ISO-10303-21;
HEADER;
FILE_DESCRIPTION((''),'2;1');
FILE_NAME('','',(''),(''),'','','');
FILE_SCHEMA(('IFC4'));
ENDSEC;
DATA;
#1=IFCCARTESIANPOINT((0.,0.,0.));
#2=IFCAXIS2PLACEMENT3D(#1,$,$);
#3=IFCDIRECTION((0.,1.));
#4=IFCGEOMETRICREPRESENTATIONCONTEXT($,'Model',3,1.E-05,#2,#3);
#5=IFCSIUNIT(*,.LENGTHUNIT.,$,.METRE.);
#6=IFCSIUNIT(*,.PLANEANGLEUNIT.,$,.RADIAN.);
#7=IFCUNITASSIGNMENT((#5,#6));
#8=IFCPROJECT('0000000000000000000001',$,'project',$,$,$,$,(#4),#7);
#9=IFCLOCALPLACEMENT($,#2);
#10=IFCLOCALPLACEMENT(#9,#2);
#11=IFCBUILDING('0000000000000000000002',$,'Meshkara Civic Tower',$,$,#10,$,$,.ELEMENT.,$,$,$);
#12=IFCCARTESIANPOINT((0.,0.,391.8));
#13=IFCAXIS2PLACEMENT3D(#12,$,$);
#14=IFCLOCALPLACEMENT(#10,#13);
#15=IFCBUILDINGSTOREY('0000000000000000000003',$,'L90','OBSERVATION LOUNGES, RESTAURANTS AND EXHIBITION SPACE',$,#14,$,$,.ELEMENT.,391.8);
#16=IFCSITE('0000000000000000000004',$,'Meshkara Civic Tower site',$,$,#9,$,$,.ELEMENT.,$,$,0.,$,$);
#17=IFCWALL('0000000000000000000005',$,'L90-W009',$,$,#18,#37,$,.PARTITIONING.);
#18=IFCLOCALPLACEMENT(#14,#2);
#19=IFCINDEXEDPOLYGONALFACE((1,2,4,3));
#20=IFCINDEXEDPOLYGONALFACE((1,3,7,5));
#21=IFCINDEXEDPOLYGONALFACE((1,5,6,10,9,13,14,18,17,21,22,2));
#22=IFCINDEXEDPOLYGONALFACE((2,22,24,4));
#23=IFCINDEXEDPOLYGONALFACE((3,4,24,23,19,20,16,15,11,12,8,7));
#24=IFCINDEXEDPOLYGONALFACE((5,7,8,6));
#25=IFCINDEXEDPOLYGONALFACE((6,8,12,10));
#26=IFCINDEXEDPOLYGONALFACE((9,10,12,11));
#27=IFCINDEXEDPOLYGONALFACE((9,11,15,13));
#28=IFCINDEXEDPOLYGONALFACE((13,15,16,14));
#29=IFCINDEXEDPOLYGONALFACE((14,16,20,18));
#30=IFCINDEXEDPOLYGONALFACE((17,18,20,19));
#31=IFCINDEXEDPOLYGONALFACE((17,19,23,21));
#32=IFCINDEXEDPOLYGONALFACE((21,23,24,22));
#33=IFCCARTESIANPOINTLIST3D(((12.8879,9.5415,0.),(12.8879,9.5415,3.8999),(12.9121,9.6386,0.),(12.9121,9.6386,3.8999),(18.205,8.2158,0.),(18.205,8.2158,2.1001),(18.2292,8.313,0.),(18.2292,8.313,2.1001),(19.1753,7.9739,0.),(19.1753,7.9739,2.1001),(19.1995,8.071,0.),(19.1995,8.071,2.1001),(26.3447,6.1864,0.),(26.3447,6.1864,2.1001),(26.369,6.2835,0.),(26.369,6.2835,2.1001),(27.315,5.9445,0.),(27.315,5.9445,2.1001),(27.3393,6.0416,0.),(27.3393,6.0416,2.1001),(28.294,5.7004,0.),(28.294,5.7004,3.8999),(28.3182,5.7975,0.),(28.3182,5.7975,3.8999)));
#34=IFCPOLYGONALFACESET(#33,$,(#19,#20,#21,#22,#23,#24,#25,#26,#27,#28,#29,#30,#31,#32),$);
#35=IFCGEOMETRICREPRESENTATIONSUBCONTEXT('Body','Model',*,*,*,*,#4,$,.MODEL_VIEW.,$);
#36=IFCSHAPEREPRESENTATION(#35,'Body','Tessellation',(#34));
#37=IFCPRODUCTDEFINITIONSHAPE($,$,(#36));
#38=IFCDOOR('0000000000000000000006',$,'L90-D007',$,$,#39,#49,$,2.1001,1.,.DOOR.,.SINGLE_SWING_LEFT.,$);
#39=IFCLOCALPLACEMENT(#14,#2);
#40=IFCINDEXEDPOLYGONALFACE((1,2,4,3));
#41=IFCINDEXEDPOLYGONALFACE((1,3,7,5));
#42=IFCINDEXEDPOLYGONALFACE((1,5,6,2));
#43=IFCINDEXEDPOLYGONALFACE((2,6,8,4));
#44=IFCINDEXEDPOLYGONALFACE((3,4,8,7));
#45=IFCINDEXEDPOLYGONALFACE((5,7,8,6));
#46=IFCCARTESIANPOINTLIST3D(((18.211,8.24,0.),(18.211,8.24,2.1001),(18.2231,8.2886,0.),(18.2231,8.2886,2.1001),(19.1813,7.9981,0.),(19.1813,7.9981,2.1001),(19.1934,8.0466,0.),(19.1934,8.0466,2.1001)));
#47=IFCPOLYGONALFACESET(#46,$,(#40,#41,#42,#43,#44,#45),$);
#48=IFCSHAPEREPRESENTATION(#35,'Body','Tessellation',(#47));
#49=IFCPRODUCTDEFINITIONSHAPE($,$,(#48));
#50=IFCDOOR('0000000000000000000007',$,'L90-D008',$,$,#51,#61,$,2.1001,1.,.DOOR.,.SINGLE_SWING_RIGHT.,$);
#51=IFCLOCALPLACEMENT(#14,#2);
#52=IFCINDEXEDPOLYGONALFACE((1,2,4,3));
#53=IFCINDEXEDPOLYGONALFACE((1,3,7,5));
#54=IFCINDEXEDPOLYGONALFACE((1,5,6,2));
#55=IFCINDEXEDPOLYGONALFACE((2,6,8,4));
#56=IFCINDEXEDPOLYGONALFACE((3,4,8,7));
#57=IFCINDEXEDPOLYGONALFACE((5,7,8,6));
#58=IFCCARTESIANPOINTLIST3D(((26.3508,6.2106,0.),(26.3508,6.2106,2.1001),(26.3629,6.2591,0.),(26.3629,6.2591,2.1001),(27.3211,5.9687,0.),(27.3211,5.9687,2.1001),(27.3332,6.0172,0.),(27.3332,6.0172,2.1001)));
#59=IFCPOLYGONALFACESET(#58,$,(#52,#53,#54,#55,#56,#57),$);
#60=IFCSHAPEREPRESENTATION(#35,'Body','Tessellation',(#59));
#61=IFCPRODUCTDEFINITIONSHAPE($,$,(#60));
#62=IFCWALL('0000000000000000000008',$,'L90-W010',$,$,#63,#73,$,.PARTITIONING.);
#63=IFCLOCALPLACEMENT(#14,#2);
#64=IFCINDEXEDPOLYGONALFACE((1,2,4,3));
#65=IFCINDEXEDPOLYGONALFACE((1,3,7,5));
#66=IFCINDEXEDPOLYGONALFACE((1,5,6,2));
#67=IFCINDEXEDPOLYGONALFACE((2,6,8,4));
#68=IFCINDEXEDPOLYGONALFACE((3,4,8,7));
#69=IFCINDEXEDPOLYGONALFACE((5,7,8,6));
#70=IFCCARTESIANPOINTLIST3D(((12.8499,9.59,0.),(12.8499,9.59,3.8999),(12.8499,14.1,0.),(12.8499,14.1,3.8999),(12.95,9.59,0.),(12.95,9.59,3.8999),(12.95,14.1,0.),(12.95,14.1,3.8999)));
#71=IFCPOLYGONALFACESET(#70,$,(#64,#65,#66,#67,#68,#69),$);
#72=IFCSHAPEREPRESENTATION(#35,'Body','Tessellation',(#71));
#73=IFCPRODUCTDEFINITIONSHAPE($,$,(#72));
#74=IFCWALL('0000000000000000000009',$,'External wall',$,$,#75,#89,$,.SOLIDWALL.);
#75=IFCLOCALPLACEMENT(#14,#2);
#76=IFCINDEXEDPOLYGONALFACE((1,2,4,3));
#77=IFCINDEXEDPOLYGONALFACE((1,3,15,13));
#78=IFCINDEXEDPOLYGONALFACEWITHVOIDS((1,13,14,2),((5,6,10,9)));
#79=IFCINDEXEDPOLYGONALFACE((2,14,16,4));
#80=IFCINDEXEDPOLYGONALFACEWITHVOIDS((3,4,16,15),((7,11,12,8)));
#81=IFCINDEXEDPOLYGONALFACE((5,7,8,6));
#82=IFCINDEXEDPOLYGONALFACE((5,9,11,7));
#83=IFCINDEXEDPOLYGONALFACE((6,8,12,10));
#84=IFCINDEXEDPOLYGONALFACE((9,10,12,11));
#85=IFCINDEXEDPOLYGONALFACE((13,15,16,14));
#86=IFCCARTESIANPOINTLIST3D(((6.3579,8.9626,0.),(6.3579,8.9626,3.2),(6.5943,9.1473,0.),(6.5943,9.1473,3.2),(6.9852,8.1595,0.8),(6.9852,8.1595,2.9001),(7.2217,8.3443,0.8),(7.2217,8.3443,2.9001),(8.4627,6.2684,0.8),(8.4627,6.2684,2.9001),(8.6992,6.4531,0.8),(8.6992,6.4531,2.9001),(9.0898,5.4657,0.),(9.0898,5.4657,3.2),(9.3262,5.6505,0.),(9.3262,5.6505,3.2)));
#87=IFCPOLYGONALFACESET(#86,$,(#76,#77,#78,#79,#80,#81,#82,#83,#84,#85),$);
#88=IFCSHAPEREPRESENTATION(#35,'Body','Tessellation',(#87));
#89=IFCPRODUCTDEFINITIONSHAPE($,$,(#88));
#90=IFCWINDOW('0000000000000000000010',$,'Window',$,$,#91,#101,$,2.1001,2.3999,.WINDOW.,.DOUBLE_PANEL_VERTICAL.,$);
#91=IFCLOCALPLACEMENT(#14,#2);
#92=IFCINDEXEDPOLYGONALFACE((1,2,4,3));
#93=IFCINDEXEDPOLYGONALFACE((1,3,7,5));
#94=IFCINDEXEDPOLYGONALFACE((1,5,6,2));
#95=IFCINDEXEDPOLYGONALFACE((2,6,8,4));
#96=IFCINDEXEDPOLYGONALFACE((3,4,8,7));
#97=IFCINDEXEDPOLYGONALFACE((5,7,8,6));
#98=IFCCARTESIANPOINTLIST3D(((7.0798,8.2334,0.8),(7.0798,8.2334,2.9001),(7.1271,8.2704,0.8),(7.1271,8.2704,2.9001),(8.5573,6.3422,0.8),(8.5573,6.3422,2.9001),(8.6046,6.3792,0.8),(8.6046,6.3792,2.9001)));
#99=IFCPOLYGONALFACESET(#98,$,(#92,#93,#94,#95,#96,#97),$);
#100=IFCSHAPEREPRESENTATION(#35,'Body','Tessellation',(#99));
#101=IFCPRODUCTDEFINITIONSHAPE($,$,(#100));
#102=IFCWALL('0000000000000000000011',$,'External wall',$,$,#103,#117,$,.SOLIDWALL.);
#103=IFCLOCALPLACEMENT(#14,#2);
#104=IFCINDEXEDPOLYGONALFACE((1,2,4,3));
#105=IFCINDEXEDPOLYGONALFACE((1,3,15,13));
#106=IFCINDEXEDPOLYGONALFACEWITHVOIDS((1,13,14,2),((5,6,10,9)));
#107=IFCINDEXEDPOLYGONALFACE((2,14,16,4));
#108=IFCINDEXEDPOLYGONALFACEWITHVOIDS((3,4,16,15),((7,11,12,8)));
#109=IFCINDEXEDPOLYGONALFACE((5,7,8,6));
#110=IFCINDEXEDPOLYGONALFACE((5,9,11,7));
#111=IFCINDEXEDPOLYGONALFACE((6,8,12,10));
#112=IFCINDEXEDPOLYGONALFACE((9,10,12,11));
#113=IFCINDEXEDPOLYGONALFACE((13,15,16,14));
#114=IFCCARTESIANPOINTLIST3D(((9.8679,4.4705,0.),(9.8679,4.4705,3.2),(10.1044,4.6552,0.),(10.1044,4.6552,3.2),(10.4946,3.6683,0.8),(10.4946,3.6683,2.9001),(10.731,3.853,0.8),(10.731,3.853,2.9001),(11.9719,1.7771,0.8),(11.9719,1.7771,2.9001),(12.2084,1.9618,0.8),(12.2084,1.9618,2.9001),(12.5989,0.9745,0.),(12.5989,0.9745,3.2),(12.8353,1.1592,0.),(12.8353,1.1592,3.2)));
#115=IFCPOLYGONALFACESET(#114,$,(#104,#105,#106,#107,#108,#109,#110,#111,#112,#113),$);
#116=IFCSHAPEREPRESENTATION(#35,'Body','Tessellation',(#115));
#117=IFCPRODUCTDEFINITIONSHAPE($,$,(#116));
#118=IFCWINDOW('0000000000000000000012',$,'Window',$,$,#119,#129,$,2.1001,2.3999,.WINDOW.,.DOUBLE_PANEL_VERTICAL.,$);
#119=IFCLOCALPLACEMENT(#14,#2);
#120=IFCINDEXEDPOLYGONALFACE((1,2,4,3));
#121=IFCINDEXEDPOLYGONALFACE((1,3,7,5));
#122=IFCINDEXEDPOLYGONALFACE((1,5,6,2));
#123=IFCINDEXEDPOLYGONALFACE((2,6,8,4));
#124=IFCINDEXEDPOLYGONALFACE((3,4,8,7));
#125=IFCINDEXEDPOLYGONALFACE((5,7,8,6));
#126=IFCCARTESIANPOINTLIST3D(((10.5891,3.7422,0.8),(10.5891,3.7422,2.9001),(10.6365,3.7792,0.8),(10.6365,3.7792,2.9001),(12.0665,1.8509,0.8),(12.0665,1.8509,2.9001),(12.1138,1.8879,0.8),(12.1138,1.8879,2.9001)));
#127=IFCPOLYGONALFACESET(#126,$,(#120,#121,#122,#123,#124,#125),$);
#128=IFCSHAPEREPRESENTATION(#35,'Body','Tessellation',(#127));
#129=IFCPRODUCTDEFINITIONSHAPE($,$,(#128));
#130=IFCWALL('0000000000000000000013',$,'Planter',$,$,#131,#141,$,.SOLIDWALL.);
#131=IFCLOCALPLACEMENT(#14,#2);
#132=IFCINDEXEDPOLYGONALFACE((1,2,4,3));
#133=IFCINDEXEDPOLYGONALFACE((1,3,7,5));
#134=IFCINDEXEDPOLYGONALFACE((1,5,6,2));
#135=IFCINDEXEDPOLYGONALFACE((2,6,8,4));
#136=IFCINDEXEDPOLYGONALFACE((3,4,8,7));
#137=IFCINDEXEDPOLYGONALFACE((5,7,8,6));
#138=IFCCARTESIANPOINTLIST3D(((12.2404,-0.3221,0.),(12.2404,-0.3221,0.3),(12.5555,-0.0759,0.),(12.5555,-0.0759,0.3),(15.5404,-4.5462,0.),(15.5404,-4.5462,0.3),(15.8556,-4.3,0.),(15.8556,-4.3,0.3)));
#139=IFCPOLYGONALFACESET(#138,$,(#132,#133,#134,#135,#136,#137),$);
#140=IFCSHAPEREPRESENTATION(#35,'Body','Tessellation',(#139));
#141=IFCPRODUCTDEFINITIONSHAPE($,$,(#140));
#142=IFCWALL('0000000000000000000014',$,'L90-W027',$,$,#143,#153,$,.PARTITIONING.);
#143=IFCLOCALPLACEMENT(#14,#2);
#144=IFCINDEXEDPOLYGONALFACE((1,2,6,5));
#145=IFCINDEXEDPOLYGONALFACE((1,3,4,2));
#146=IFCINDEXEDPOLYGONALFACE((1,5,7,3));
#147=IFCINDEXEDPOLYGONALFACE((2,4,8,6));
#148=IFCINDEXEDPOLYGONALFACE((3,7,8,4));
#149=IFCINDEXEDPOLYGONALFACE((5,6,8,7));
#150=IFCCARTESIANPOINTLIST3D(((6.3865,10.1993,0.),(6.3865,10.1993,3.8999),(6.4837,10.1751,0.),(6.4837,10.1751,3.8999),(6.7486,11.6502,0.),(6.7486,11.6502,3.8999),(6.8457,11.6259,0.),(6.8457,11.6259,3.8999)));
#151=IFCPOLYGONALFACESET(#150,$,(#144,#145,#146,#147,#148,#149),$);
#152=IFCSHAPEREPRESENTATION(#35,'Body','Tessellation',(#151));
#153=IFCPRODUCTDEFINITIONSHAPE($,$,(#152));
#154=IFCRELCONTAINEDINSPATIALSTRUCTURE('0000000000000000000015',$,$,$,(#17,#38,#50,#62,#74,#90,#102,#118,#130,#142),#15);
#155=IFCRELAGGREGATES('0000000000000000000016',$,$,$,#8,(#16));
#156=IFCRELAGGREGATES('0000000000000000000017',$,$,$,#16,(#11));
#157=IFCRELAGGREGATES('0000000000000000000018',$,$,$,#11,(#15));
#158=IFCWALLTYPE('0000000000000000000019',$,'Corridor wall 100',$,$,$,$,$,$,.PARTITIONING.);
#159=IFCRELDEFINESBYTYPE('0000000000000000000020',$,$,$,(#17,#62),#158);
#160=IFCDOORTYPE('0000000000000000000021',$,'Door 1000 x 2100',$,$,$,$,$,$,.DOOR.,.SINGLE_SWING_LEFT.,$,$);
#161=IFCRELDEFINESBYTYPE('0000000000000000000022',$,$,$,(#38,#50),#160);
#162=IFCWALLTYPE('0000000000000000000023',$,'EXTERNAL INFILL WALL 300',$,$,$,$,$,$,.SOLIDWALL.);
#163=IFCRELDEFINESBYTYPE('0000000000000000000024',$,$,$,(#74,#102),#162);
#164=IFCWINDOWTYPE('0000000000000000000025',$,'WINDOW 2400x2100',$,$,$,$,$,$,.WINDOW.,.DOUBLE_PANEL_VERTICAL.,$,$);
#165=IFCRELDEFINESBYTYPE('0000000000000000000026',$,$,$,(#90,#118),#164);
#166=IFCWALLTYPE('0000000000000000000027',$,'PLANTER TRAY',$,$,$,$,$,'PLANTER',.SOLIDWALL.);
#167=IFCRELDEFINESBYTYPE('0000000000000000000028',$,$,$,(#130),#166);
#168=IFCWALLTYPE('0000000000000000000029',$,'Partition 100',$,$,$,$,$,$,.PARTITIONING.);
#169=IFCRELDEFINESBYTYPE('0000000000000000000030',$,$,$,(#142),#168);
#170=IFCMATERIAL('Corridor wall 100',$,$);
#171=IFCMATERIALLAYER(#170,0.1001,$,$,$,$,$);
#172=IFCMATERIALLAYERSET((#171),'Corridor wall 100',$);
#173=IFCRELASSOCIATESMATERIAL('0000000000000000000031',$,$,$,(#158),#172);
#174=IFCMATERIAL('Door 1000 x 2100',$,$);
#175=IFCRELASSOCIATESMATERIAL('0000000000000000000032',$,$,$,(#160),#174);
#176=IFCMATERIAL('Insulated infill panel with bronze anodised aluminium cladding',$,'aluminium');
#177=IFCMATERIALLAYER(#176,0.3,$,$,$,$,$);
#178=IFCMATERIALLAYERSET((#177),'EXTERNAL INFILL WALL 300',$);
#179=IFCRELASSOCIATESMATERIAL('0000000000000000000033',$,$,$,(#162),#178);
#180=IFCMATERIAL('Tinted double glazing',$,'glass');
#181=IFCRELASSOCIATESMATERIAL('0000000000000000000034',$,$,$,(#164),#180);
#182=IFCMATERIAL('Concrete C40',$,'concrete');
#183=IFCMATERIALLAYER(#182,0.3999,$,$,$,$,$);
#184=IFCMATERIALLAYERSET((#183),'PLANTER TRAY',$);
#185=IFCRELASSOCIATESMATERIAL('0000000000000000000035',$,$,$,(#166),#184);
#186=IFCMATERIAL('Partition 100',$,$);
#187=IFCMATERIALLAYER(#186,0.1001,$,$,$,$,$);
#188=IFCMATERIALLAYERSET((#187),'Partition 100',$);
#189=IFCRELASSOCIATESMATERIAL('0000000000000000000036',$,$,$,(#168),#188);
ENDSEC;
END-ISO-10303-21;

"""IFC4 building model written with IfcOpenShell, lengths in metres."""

from ifc_helpers import new_model, si_unit, direction, frame, frame_2d, origin, place, context, subcontext, project, spatial, rectangle, extrude, material, layer, layer_set, type_object, element, fill, save


model = new_model("IFC4")

# Units and contexts
model_context = context("Model", 3, precision=1e-05, world=origin(), true_north=direction((0.0, 1.0)))
body_context = subcontext(model_context, "Body", "Model", "MODEL_VIEW")
ifc_project = project(units=[si_unit("LENGTHUNIT", "METRE"), si_unit("PLANEANGLEUNIT", "RADIAN")], contexts=[model_context])

# Site, building, storey
site_placement = place(None, origin())
site = spatial("IfcSite", under=ifc_project, at=site_placement, Name="Meshkara Civic Tower site", CompositionType="ELEMENT", RefElevation=0.0)
building_placement = place(site_placement, origin())
building = spatial("IfcBuilding", under=site, at=building_placement, Name="Meshkara Civic Tower", CompositionType="ELEMENT")
storey_placement = place(building_placement, frame((0.0, 0.0, 391.8)))
storey = spatial("IfcBuildingStorey", under=building, at=storey_placement, Name="L90", Description="OBSERVATION LOUNGES, RESTAURANTS AND EXHIBITION SPACE", CompositionType="ELEMENT", Elevation=391.8)

# Shared definitions
ifc_material_1 = material(Name="Corridor wall 100")
ifc_layer_1 = layer(ifc_material_1, 0.1001)
ifc_layer_set_1 = layer_set([ifc_layer_1], Name="Corridor wall 100")
wall_type_1 = type_object("IfcWallType", Name="Corridor wall 100", PredefinedType="PARTITIONING", material=ifc_layer_set_1)
ifc_material_2 = material(Name="Door 1000 x 2100")
door_type_1 = type_object("IfcDoorType", Name="Door 1000 x 2100", OperationType="SINGLE_SWING_LEFT", PredefinedType="DOOR", material=ifc_material_2)

# Wall, openings, doors
wall_1_placement = place(storey_placement, frame((12.8999, 9.5901, 0.0), z_axis=(0.0, 0.0, 1.0), x_axis=(0.970297, -0.241917, 0.0)))
wall_1 = element("IfcWall", 1, at=wall_1_placement, inside=storey, type_object=wall_type_1, Name="L90-W009", PredefinedType="PARTITIONING", context=body_context, shape_type="SweptSolid", body=[
    extrude(rectangle(XDim=15.8777, YDim=0.1001, at=frame_2d((7.939, 0.0))), origin(), (0.0, 0.0, 1.0), 3.8999),
])
opening_1_placement = place(wall_1_placement, frame((5.48, 0.0, 0.0)))
opening_1 = element("IfcOpeningElement", 2, at=opening_1_placement, cuts=wall_1, PredefinedType="OPENING", context=body_context, shape_type="SweptSolid", body=[
    extrude(rectangle(XDim=1.0, YDim=2.1001, at=frame_2d((0.5, 1.05))), frame((0.0, 0.0601, 0.0), z_axis=(0.0, -1.0, 0.0), x_axis=(1.0, 0.0, 0.0)), (0.0, 0.0, 1.0), 0.1201),
])
opening_2_placement = place(wall_1_placement, frame((13.8689, 0.0, 0.0)))
opening_2 = element("IfcOpeningElement", 3, at=opening_2_placement, cuts=wall_1, PredefinedType="OPENING", context=body_context, shape_type="SweptSolid", body=[
    extrude(rectangle(XDim=1.0, YDim=2.1001, at=frame_2d((0.5, 1.05))), frame((0.0, 0.0601, 0.0), z_axis=(0.0, -1.0, 0.0), x_axis=(1.0, 0.0, 0.0)), (0.0, 0.0, 1.0), 0.1201),
])
door_1_placement = place(opening_1_placement, origin())
door_1 = element("IfcDoor", 4, at=door_1_placement, inside=storey, type_object=door_type_1, Name="L90-D007", OperationType="SINGLE_SWING_LEFT", OverallHeight=2.1001, OverallWidth=1.0, PredefinedType="DOOR", context=body_context, shape_type="SweptSolid", body=[
    extrude(rectangle(XDim=1.0, YDim=2.1001, at=frame_2d((0.5, 1.05))), frame((0.0, 0.0249, 0.0), z_axis=(0.0, -1.0, 0.0), x_axis=(1.0, 0.0, 0.0)), (0.0, 0.0, 1.0), 0.05),
])
fill(opening_1, door_1)
door_2_placement = place(opening_2_placement, origin())
door_2 = element("IfcDoor", 5, at=door_2_placement, inside=storey, type_object=door_type_1, Name="L90-D008", OperationType="SINGLE_SWING_RIGHT", OverallHeight=2.1001, OverallWidth=1.0, PredefinedType="DOOR", context=body_context, shape_type="SweptSolid", body=[
    extrude(rectangle(XDim=1.0, YDim=2.1001, at=frame_2d((0.5, 1.05))), frame((0.0, 0.0249, 0.0), z_axis=(0.0, -1.0, 0.0), x_axis=(1.0, 0.0, 0.0)), (0.0, 0.0, 1.0), 0.05),
])
fill(opening_2, door_2)

# Wall
wall_2_placement = place(storey_placement, frame((12.8999, 9.5901, 0.0), z_axis=(0.0, 0.0, 1.0), x_axis=(0.0, 1.0, 0.0)))
element("IfcWall", 6, at=wall_2_placement, inside=storey, type_object=wall_type_1, Name="L90-W010", PredefinedType="PARTITIONING", context=body_context, shape_type="SweptSolid", body=[
    extrude(rectangle(XDim=4.51, YDim=0.1001, at=frame_2d((2.2549, 0.0))), origin(), (0.0, 0.0, 1.0), 3.8999),
])

# Walls, openings, windows
ifc_material_3 = material(Name="Insulated infill panel with bronze anodised aluminium cladding", Category="aluminium")
ifc_layer_2 = layer(ifc_material_3, 0.3)
ifc_layer_set_2 = layer_set([ifc_layer_2], Name="EXTERNAL INFILL WALL 300")
wall_type_2 = type_object("IfcWallType", Name="EXTERNAL INFILL WALL 300", PredefinedType="SOLIDWALL", material=ifc_layer_set_2)
wall_3_placement = place(storey_placement, frame((6.4761, 9.0549, 0.0), z_axis=(0.0, 0.0, 1.0), x_axis=(0.615649, -0.78802, 0.0)))
wall_3 = element("IfcWall", 7, at=wall_3_placement, inside=storey, type_object=wall_type_2, Name="External wall", PredefinedType="SOLIDWALL", context=body_context, shape_type="SweptSolid", body=[
    extrude(rectangle(XDim=4.4375, YDim=0.3, at=frame_2d((2.2188, 0.0))), origin(), (0.0, 0.0, 1.0), 3.2),
])
opening_3_placement = place(wall_3_placement, frame((1.019, 0.0, 0.8)))
opening_3 = element("IfcOpeningElement", 8, at=opening_3_placement, cuts=wall_3, PredefinedType="OPENING", context=body_context, shape_type="SweptSolid", body=[
    extrude(rectangle(XDim=2.3999, YDim=2.1001, at=frame_2d((1.2, 1.05))), frame((0.0, 0.1599, 0.0), z_axis=(0.0, -1.0, 0.0), x_axis=(1.0, 0.0, 0.0)), (0.0, 0.0, 1.0), 0.3201),
])
ifc_material_4 = material(Name="Tinted double glazing", Category="glass")
window_type = type_object("IfcWindowType", Name="WINDOW 2400x2100", PartitioningType="DOUBLE_PANEL_VERTICAL", PredefinedType="WINDOW", material=ifc_material_4)
window_1_placement = place(opening_3_placement, origin())
window_1 = element("IfcWindow", 9, at=window_1_placement, inside=storey, type_object=window_type, Name="Window", OverallHeight=2.1001, OverallWidth=2.3999, PartitioningType="DOUBLE_PANEL_VERTICAL", PredefinedType="WINDOW", context=body_context, shape_type="SweptSolid", body=[
    extrude(rectangle(XDim=2.3999, YDim=2.1001, at=frame_2d((1.2, 1.05))), frame((0.0, 0.03, 0.0), z_axis=(0.0, -1.0, 0.0), x_axis=(1.0, 0.0, 0.0)), (0.0, 0.0, 1.0), 0.0601),
])
fill(opening_3, window_1)
wall_4_placement = place(storey_placement, frame((9.9861, 4.563, 0.0), z_axis=(0.0, 0.0, 1.0), x_axis=(0.615593, -0.788064, 0.0)))
wall_4 = element("IfcWall", 10, at=wall_4_placement, inside=storey, type_object=wall_type_2, Name="External wall", PredefinedType="SOLIDWALL", context=body_context, shape_type="SweptSolid", body=[
    extrude(rectangle(XDim=4.4363, YDim=0.3, at=frame_2d((2.2183, 0.0))), origin(), (0.0, 0.0, 1.0), 3.2),
])
opening_4_placement = place(wall_4_placement, frame((1.0181, 0.0, 0.8)))
opening_4 = element("IfcOpeningElement", 11, at=opening_4_placement, cuts=wall_4, PredefinedType="OPENING", context=body_context, shape_type="SweptSolid", body=[
    extrude(rectangle(XDim=2.3999, YDim=2.1001, at=frame_2d((1.2, 1.05))), frame((0.0, 0.1599, 0.0), z_axis=(0.0, -1.0, 0.0), x_axis=(1.0, 0.0, 0.0)), (0.0, 0.0, 1.0), 0.3201),
])
window_2_placement = place(opening_4_placement, origin())
window_2 = element("IfcWindow", 12, at=window_2_placement, inside=storey, type_object=window_type, Name="Window", OverallHeight=2.1001, OverallWidth=2.3999, PartitioningType="DOUBLE_PANEL_VERTICAL", PredefinedType="WINDOW", context=body_context, shape_type="SweptSolid", body=[
    extrude(rectangle(XDim=2.3999, YDim=2.1001, at=frame_2d((1.2, 1.05))), frame((0.0, 0.03, 0.0), z_axis=(0.0, -1.0, 0.0), x_axis=(1.0, 0.0, 0.0)), (0.0, 0.0, 1.0), 0.0601),
])
fill(opening_4, window_2)

# Walls
ifc_material_5 = material(Name="Concrete C40", Category="concrete")
ifc_layer_3 = layer(ifc_material_5, 0.3999)
ifc_layer_set_3 = layer_set([ifc_layer_3], Name="PLANTER TRAY")
wall_type_3 = type_object("IfcWallType", Name="PLANTER TRAY", ElementType="PLANTER", PredefinedType="SOLIDWALL", material=ifc_layer_set_3)
wall_5_placement = place(storey_placement, frame((12.3979, -0.199, 0.0), z_axis=(0.0, 0.0, 1.0), x_axis=(0.615639, -0.788029, 0.0)))
element("IfcWall", 13, at=wall_5_placement, inside=storey, type_object=wall_type_3, Name="Planter", PredefinedType="SOLIDWALL", context=body_context, shape_type="SweptSolid", body=[
    extrude(rectangle(XDim=5.3604, YDim=0.3999, at=frame_2d((2.6802, 0.0))), origin(), (0.0, 0.0, 1.0), 0.3),
])
ifc_material_6 = material(Name="Partition 100")
ifc_layer_4 = layer(ifc_material_6, 0.1001)
ifc_layer_set_4 = layer_set([ifc_layer_4], Name="Partition 100")
wall_type_4 = type_object("IfcWallType", Name="Partition 100", PredefinedType="PARTITIONING", material=ifc_layer_set_4)
wall_6_placement = place(storey_placement, frame((6.7971, 11.6379, 0.0), z_axis=(0.0, 0.0, 1.0), x_axis=(-0.242113, -0.970248, 0.0)))
element("IfcWall", 14, at=wall_6_placement, inside=storey, type_object=wall_type_4, Name="L90-W027", PredefinedType="PARTITIONING", context=body_context, shape_type="SweptSolid", body=[
    extrude(rectangle(XDim=1.4954, YDim=0.1001, at=frame_2d((0.7476, 0.0))), origin(), (0.0, 0.0, 1.0), 3.8999),
])

save(model, "model.ifc")
